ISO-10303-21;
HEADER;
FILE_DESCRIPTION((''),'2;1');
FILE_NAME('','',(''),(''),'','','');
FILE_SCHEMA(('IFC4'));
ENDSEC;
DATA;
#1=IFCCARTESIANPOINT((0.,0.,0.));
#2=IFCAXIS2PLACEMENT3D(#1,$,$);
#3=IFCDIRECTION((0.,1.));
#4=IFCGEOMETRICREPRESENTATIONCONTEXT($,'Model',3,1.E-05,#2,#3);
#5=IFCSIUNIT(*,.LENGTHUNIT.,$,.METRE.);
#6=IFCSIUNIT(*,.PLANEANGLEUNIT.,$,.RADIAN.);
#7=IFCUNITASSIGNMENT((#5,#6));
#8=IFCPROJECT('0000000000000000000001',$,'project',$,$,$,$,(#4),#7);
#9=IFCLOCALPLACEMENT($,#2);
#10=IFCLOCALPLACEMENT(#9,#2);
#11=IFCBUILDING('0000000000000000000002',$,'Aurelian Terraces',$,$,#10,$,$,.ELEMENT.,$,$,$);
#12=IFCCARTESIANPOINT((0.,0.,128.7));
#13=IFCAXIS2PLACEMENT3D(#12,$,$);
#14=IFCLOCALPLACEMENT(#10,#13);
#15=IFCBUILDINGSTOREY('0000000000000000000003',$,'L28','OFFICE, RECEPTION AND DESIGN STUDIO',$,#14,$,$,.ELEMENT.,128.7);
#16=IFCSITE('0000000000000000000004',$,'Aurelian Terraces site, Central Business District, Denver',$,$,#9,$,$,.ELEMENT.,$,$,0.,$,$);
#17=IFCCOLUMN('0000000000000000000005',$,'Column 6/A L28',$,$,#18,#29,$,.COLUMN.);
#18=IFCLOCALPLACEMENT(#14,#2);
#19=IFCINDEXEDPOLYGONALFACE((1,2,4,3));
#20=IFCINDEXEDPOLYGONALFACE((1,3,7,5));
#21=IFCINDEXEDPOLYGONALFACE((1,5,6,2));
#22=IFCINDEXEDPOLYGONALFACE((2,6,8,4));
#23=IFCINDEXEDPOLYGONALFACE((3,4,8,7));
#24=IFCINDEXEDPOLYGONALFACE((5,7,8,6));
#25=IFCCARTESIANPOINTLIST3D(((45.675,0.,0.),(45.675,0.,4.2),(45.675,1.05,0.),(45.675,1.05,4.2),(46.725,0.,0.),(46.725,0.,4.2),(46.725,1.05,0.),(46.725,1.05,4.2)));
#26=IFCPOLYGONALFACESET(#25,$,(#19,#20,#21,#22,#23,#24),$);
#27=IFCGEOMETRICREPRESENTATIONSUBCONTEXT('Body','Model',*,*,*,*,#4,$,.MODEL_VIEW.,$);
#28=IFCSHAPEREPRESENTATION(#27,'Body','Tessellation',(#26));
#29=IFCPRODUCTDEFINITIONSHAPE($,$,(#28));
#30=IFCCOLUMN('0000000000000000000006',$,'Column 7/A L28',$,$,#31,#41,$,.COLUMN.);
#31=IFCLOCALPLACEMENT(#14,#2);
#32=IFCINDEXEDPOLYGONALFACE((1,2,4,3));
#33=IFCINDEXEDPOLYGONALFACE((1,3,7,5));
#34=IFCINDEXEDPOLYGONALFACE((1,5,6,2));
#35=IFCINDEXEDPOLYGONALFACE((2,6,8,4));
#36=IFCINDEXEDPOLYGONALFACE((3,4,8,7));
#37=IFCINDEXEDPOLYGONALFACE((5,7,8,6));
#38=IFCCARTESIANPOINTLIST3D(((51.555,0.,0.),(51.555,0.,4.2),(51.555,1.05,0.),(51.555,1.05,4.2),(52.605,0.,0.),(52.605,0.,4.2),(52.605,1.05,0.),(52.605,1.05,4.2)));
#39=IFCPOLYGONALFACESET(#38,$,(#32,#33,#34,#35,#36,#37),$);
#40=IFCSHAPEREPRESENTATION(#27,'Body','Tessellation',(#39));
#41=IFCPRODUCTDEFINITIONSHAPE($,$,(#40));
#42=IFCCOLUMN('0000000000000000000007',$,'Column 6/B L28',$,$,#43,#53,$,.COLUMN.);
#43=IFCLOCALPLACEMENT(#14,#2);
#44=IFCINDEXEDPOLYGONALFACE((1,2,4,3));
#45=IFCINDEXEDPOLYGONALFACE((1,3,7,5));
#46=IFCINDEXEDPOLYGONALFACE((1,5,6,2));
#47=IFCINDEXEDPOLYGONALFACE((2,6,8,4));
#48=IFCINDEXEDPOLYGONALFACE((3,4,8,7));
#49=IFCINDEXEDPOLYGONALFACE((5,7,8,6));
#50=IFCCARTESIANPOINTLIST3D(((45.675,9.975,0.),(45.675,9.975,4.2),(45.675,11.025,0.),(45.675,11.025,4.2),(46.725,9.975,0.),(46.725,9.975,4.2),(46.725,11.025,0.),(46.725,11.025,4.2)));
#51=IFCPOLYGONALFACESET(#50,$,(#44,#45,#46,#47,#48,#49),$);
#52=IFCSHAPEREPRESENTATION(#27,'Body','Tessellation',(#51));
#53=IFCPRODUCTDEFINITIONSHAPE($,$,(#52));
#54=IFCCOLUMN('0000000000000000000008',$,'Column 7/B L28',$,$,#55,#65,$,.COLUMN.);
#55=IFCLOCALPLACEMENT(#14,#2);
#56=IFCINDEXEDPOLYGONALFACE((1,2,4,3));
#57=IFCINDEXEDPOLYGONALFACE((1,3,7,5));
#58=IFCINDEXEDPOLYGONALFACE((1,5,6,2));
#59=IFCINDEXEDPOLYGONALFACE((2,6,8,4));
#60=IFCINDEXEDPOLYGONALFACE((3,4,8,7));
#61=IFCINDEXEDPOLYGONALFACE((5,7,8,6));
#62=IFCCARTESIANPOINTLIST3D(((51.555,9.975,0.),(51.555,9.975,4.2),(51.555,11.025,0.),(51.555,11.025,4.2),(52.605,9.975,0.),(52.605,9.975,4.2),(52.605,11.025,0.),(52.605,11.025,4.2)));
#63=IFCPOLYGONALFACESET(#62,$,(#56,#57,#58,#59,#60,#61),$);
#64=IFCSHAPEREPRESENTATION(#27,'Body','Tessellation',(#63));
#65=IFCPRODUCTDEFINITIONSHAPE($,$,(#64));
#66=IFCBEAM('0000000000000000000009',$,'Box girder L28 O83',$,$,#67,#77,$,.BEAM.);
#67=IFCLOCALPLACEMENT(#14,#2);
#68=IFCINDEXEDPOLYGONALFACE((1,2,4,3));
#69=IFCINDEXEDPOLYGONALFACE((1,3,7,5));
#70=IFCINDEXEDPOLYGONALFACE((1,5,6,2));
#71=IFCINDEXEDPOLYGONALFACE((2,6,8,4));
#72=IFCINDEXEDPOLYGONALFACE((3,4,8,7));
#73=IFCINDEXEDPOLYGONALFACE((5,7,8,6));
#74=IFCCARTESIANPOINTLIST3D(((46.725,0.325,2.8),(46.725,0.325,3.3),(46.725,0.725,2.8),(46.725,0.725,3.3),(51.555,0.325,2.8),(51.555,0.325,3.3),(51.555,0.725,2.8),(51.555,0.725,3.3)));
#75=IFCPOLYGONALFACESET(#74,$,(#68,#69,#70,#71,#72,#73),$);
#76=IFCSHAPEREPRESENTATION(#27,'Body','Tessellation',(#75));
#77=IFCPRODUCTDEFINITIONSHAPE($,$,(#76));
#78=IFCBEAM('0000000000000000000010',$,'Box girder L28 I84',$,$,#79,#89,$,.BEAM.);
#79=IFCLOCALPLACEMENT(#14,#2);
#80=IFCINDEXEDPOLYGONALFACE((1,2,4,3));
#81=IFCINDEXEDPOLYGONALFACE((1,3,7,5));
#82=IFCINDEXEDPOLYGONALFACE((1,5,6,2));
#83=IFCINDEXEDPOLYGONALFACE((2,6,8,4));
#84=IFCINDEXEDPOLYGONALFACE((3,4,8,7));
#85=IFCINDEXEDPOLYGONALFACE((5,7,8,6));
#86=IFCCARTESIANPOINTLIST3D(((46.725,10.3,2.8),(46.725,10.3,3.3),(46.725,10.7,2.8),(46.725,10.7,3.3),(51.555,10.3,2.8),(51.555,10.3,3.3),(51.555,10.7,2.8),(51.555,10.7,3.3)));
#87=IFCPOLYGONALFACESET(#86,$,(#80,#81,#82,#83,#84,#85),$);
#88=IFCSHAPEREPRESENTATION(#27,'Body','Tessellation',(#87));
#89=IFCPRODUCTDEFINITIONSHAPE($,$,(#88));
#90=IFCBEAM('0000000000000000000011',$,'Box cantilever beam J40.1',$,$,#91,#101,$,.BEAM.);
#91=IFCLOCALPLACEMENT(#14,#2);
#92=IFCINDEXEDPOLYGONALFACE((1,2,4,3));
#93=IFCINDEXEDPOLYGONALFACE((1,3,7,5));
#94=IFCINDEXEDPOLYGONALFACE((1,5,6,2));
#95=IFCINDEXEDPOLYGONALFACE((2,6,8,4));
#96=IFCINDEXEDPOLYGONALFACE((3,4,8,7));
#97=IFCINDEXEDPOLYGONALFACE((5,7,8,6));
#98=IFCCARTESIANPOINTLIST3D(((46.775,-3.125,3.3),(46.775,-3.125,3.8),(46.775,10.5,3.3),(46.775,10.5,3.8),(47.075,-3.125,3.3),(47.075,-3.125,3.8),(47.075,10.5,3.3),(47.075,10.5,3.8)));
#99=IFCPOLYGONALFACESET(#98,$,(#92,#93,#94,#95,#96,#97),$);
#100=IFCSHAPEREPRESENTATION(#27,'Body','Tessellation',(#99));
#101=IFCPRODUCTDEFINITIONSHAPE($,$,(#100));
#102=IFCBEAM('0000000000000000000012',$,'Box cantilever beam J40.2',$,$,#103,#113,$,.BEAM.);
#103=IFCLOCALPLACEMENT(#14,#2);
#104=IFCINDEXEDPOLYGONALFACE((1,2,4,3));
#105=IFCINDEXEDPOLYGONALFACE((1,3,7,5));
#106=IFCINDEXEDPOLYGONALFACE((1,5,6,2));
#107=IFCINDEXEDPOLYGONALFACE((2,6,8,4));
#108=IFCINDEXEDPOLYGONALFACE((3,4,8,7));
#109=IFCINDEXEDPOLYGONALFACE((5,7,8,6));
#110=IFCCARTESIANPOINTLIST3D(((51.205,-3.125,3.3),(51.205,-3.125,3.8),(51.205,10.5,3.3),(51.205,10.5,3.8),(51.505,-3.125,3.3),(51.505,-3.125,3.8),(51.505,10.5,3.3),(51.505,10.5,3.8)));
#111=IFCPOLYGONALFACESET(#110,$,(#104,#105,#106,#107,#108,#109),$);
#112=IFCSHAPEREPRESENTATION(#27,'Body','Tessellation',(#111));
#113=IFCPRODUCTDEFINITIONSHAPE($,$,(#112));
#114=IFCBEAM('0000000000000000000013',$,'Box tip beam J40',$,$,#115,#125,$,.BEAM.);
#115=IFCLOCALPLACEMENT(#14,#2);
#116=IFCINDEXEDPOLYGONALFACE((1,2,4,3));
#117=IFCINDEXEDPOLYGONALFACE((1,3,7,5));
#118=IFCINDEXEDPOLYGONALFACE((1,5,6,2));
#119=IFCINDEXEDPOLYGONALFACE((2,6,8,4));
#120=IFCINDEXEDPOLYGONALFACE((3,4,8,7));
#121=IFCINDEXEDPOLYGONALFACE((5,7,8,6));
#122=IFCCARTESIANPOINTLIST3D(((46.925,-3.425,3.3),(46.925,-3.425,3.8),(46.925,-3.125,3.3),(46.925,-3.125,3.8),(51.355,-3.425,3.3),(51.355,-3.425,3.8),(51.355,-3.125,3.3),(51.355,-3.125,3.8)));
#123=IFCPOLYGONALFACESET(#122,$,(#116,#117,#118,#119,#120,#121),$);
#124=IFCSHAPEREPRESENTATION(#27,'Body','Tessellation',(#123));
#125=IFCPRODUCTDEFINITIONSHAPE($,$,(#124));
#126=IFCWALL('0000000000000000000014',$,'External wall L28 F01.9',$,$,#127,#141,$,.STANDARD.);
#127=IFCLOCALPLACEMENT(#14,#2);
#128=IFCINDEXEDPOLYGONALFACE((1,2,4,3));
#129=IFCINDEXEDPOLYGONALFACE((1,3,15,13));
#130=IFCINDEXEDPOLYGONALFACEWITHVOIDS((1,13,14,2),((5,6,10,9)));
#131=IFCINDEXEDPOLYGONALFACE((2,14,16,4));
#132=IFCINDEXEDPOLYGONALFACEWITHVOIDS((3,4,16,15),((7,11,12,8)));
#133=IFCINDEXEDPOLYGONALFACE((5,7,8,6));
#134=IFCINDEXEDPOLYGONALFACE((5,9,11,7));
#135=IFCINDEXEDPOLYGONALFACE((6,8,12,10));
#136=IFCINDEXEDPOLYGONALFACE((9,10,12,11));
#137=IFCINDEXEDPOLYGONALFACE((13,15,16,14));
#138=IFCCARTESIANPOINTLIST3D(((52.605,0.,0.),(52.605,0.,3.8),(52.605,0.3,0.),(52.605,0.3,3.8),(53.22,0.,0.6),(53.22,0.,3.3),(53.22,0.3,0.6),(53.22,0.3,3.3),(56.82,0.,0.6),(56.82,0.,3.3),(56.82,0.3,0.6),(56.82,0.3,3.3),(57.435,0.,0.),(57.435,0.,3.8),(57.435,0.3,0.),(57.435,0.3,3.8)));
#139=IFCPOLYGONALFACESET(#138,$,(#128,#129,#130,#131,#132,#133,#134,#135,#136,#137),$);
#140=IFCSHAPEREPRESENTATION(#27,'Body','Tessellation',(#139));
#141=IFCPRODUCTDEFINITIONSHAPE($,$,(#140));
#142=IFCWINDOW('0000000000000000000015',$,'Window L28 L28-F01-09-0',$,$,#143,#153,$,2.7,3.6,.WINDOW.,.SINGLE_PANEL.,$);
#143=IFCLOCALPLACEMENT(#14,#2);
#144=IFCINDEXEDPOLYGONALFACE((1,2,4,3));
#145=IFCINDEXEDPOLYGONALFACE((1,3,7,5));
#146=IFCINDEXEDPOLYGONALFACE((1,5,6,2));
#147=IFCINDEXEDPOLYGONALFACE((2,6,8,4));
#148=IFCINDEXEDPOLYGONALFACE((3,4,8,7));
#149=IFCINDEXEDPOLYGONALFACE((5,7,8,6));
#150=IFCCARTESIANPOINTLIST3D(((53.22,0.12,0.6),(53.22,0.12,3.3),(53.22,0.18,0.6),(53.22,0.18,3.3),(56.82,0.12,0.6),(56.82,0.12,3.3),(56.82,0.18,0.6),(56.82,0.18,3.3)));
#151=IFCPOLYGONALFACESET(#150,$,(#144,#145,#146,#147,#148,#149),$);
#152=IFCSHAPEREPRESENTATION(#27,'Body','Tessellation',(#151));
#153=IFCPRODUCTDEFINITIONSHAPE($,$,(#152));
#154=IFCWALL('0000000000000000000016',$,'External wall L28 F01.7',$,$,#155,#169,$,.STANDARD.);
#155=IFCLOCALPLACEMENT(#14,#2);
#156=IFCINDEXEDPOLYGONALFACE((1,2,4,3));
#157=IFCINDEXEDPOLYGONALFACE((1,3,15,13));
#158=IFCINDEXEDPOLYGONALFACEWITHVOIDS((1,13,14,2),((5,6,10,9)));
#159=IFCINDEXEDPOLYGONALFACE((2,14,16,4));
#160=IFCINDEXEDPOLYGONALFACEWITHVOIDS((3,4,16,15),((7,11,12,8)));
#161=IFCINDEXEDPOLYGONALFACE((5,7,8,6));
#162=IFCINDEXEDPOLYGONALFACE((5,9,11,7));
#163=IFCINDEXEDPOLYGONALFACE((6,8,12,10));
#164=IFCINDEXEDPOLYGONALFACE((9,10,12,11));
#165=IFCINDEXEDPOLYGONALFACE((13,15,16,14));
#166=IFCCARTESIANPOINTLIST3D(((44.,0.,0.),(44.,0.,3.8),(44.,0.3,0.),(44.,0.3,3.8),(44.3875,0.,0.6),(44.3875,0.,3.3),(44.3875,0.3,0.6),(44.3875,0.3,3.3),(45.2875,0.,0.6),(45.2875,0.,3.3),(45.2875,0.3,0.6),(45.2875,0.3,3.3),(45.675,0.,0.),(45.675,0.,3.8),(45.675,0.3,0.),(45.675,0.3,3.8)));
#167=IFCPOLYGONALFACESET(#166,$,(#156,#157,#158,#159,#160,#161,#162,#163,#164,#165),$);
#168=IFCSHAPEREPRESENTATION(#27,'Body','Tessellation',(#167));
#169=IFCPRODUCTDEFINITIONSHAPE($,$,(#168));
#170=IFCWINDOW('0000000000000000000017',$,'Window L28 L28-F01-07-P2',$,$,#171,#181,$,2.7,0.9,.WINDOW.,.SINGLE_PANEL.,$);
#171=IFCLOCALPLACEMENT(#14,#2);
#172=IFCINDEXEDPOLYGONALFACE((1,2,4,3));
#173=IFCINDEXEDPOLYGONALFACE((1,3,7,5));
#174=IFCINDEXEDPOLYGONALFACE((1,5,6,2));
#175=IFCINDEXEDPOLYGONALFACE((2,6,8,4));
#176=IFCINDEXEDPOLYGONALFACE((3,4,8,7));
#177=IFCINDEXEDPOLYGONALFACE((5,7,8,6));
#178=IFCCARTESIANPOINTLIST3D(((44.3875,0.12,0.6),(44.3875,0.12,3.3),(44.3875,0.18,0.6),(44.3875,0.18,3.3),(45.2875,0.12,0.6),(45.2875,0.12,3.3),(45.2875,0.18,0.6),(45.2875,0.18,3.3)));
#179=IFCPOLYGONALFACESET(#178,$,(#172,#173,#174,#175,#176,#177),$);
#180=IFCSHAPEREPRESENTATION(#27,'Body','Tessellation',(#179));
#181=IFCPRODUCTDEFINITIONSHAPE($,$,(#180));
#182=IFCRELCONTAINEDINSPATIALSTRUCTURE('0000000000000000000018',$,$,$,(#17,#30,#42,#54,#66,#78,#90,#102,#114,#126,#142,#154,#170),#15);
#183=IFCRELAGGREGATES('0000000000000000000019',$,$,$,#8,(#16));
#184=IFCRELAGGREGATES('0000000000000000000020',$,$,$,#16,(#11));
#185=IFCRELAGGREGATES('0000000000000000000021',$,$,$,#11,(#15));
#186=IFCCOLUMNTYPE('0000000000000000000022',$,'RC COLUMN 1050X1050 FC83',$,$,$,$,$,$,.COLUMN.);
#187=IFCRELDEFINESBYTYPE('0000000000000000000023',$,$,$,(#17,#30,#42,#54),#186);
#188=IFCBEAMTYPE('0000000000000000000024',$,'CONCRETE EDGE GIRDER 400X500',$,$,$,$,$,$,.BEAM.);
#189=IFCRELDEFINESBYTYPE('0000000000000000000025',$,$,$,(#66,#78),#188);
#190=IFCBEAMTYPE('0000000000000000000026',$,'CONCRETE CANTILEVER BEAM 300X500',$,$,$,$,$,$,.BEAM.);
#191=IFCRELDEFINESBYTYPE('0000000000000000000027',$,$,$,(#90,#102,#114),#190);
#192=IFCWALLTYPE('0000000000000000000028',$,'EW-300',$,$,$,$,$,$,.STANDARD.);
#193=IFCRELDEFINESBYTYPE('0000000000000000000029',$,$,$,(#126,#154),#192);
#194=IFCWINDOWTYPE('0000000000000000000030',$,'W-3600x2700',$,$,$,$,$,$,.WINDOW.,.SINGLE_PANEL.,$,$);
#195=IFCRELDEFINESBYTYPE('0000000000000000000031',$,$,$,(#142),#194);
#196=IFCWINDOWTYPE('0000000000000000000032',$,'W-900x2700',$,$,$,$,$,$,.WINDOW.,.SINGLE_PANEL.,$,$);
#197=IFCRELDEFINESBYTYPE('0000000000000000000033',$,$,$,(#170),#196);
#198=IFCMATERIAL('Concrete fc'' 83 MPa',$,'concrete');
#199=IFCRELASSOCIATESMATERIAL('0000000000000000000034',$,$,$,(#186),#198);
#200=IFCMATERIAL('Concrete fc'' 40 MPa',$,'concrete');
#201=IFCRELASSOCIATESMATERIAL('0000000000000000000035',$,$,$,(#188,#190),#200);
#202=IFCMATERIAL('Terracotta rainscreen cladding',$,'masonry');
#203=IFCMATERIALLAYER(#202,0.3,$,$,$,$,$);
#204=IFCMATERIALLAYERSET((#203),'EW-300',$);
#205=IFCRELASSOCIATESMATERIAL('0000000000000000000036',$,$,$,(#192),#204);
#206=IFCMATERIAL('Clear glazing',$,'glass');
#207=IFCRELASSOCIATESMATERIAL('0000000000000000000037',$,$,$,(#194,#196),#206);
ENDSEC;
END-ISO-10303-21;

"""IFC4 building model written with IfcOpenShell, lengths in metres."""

from ifc_helpers import new_model, si_unit, direction, frame, frame_2d, origin, origin_2d, place, context, subcontext, project, spatial, rectangle, extrude, source, transform, mapped, material, layer, layer_set, material_profile, profile_set, type_object, element, fill, save


model = new_model("IFC4")

# Units and contexts
model_context = context("Model", 3, precision=1e-05, world=origin(), true_north=direction((0.0, 1.0)))
body_context = subcontext(model_context, "Body", "Model", "MODEL_VIEW")
ifc_project = project(units=[si_unit("LENGTHUNIT", "METRE"), si_unit("PLANEANGLEUNIT", "RADIAN")], contexts=[model_context])

# Site, building, storey
site_placement = place(None, origin())
site = spatial("IfcSite", under=ifc_project, at=site_placement, Name="Aurelian Terraces site, Central Business District, Denver", CompositionType="ELEMENT", RefElevation=0.0)
building_placement = place(site_placement, origin())
building = spatial("IfcBuilding", under=site, at=building_placement, Name="Aurelian Terraces", CompositionType="ELEMENT")
storey_placement = place(building_placement, frame((0.0, 0.0, 128.7)))
storey = spatial("IfcBuildingStorey", under=building, at=storey_placement, Name="L28", Description="OFFICE, RECEPTION AND DESIGN STUDIO", CompositionType="ELEMENT", Elevation=128.7)

# Columns
ifc_material_1 = material(Name="Concrete fc' 83 MPa", Category="concrete")
ifc_material_profile_1 = material_profile(ifc_material_1, rectangle(XDim=1.05, YDim=1.05, at=origin_2d()))
ifc_profile_set_1 = profile_set([ifc_material_profile_1], Name="Concrete fc' 83 MPa")
column_type = type_object("IfcColumnType", Name="RC COLUMN 1050X1050 FC83", PredefinedType="COLUMN", material=ifc_profile_set_1)
shared_shape_1 = source(origin(), body_context, "Body", "SweptSolid", [
    extrude(rectangle(XDim=1.05, YDim=1.05, at=origin_2d()), origin(), (0.0, 0.0, 1.0), 4.2),
])
for number, where, z_axis, x_axis, name in (
    (1, (46.2, 0.525, 0.0), (0.0, 0.0, 1.0), (1.0, 0.0, 0.0), "Column 6/A L28"),
    (2, (52.08, 0.525, 0.0), (0.0, 0.0, 1.0), (1.0, 0.0, 0.0), "Column 7/A L28"),
    (3, (46.2, 10.5, 0.0), (0.0, 0.0, 1.0), (1.0, 0.0, 0.0), "Column 6/B L28"),
    (4, (52.08, 10.5, 0.0), (0.0, 0.0, 1.0), (1.0, 0.0, 0.0), "Column 7/B L28"),
):
    element("IfcColumn", number, at=place(storey_placement, frame(where, z_axis=z_axis, x_axis=x_axis)), inside=storey, type_object=column_type, Name=name, PredefinedType="COLUMN", context=body_context, shape_type="MappedRepresentation", body=[
        mapped(shared_shape_1, transform((0.0, 0.0, 0.0), scale=1.0)),
    ])

# Beams
ifc_material_2 = material(Name="Concrete fc' 40 MPa", Category="concrete")
ifc_material_profile_2 = material_profile(ifc_material_2, rectangle(XDim=0.4, YDim=0.5, at=origin_2d()))
ifc_profile_set_2 = profile_set([ifc_material_profile_2], Name="Concrete fc' 40 MPa")
beam_type_1 = type_object("IfcBeamType", Name="CONCRETE EDGE GIRDER 400X500", PredefinedType="BEAM", material=ifc_profile_set_2)
shared_shape_2 = source(origin(), body_context, "Body", "SweptSolid", [
    extrude(rectangle(XDim=0.4, YDim=0.5, at=origin_2d()), origin(), (0.0, 0.0, 1.0), 4.83),
])
for number, where, z_axis, x_axis, name in (
    (5, (46.725, 0.525, 3.05), (1.0, 0.0, 0.0), (0.0, 1.0, 0.0), "Box girder L28 O83"),
    (6, (46.725, 10.5, 3.05), (1.0, 0.0, 0.0), (0.0, 1.0, 0.0), "Box girder L28 I84"),
):
    element("IfcBeam", number, at=place(storey_placement, frame(where, z_axis=z_axis, x_axis=x_axis)), inside=storey, type_object=beam_type_1, Name=name, PredefinedType="BEAM", context=body_context, shape_type="MappedRepresentation", body=[
        mapped(shared_shape_2, transform((0.0, 0.0, 0.0), scale=1.0)),
    ])
ifc_material_profile_3 = material_profile(ifc_material_2, rectangle(XDim=0.3, YDim=0.5, at=origin_2d()))
ifc_profile_set_3 = profile_set([ifc_material_profile_3], Name="Concrete fc' 40 MPa")
beam_type_2 = type_object("IfcBeamType", Name="CONCRETE CANTILEVER BEAM 300X500", PredefinedType="BEAM", material=ifc_profile_set_3)
shared_shape_3 = source(origin(), body_context, "Body", "SweptSolid", [
    extrude(rectangle(XDim=0.3, YDim=0.5, at=origin_2d()), origin(), (0.0, 0.0, 1.0), 13.625),
])
for number, where, z_axis, x_axis, name in (
    (7, (46.925, -3.125, 3.55), (0.0, 1.0, 0.0), (-1.0, 0.0, 0.0), "Box cantilever beam J40.1"),
    (8, (51.355, -3.125, 3.55), (0.0, 1.0, 0.0), (-1.0, 0.0, 0.0), "Box cantilever beam J40.2"),
):
    element("IfcBeam", number, at=place(storey_placement, frame(where, z_axis=z_axis, x_axis=x_axis)), inside=storey, type_object=beam_type_2, Name=name, PredefinedType="BEAM", context=body_context, shape_type="MappedRepresentation", body=[
        mapped(shared_shape_3, transform((0.0, 0.0, 0.0), scale=1.0)),
    ])
shared_shape_4 = source(origin(), body_context, "Body", "SweptSolid", [
    extrude(rectangle(XDim=0.3, YDim=0.5, at=origin_2d()), origin(), (0.0, 0.0, 1.0), 4.43),
])
beam_placement = place(storey_placement, frame((46.925, -3.275, 3.55), z_axis=(1.0, 0.0, 0.0), x_axis=(0.0, 1.0, 0.0)))
element("IfcBeam", 9, at=beam_placement, inside=storey, type_object=beam_type_2, Name="Box tip beam J40", PredefinedType="BEAM", context=body_context, shape_type="MappedRepresentation", body=[
    mapped(shared_shape_4, transform((0.0, 0.0, 0.0), scale=1.0)),
])

# Walls, openings, windows
ifc_material_3 = material(Name="Terracotta rainscreen cladding", Category="masonry")
ifc_layer_1 = layer(ifc_material_3, 0.3)
ifc_layer_set_1 = layer_set([ifc_layer_1], Name="EW-300")
wall_type_1 = type_object("IfcWallType", Name="EW-300", PredefinedType="STANDARD", material=ifc_layer_set_1)
shared_shape_5 = source(origin(), body_context, "Body", "SweptSolid", [
    extrude(rectangle(XDim=4.83, YDim=0.3, at=frame_2d((2.415, 0.0))), origin(), (0.0, 0.0, 1.0), 3.8),
])
wall_1_placement = place(storey_placement, frame((52.605, 0.15, 0.0), z_axis=(0.0, 0.0, 1.0), x_axis=(1.0, 0.0, 0.0)))
wall_1 = element("IfcWall", 10, at=wall_1_placement, inside=storey, type_object=wall_type_1, Name="External wall L28 F01.9", PredefinedType="STANDARD", context=body_context, shape_type="MappedRepresentation", body=[
    mapped(shared_shape_5, transform((0.0, 0.0, 0.0), scale=1.0)),
])
shared_shape_6 = source(origin(), body_context, "Body", "SweptSolid", [
    extrude(rectangle(XDim=3.6, YDim=2.7, at=frame_2d((1.8, 1.35))), frame((0.0, 0.16, 0.0), z_axis=(0.0, -1.0, 0.0), x_axis=(1.0, 0.0, 0.0)), (0.0, 0.0, 1.0), 0.32),
])
opening_1_placement = place(wall_1_placement, frame((0.615, 0.0, 0.6)))
opening_1 = element("IfcOpeningElement", 11, at=opening_1_placement, cuts=wall_1, PredefinedType="OPENING", context=body_context, shape_type="MappedRepresentation", body=[
    mapped(shared_shape_6, transform((0.0, 0.0, 0.0), scale=1.0)),
])
ifc_material_4 = material(Name="Clear glazing", Category="glass")
window_type_1 = type_object("IfcWindowType", Name="W-3600x2700", PartitioningType="SINGLE_PANEL", PredefinedType="WINDOW", material=ifc_material_4)
shared_shape_7 = source(origin(), body_context, "Body", "SweptSolid", [
    extrude(rectangle(XDim=3.6, YDim=2.7, at=frame_2d((1.8, 1.35))), frame((0.0, 0.03, 0.0), z_axis=(0.0, -1.0, 0.0), x_axis=(1.0, 0.0, 0.0)), (0.0, 0.0, 1.0), 0.06),
])
window_1_placement = place(opening_1_placement, origin())
window_1 = element("IfcWindow", 12, at=window_1_placement, inside=storey, type_object=window_type_1, Name="Window L28 L28-F01-09-0", OverallHeight=2.7, OverallWidth=3.6, PartitioningType="SINGLE_PANEL", PredefinedType="WINDOW", context=body_context, shape_type="MappedRepresentation", body=[
    mapped(shared_shape_7, transform((0.0, 0.0, 0.0), scale=1.0)),
])
fill(opening_1, window_1)
shared_shape_8 = source(origin(), body_context, "Body", "SweptSolid", [
    extrude(rectangle(XDim=1.675, YDim=0.3, at=frame_2d((0.8375, 0.0))), origin(), (0.0, 0.0, 1.0), 3.8),
])
wall_2_placement = place(storey_placement, frame((44.0, 0.15, 0.0), z_axis=(0.0, 0.0, 1.0), x_axis=(1.0, 0.0, 0.0)))
wall_2 = element("IfcWall", 13, at=wall_2_placement, inside=storey, type_object=wall_type_1, Name="External wall L28 F01.7", PredefinedType="STANDARD", context=body_context, shape_type="MappedRepresentation", body=[
    mapped(shared_shape_8, transform((0.0, 0.0, 0.0), scale=1.0)),
])
shared_shape_9 = source(origin(), body_context, "Body", "SweptSolid", [
    extrude(rectangle(XDim=0.9, YDim=2.7, at=frame_2d((0.45, 1.35))), frame((0.0, 0.16, 0.0), z_axis=(0.0, -1.0, 0.0), x_axis=(1.0, 0.0, 0.0)), (0.0, 0.0, 1.0), 0.32),
])
opening_2_placement = place(wall_2_placement, frame((0.3875, 0.0, 0.6)))
opening_2 = element("IfcOpeningElement", 14, at=opening_2_placement, cuts=wall_2, PredefinedType="OPENING", context=body_context, shape_type="MappedRepresentation", body=[
    mapped(shared_shape_9, transform((0.0, 0.0, 0.0), scale=1.0)),
])
window_type_2 = type_object("IfcWindowType", Name="W-900x2700", PartitioningType="SINGLE_PANEL", PredefinedType="WINDOW", material=ifc_material_4)
shared_shape_10 = source(origin(), body_context, "Body", "SweptSolid", [
    extrude(rectangle(XDim=0.9, YDim=2.7, at=frame_2d((0.45, 1.35))), frame((0.0, 0.03, 0.0), z_axis=(0.0, -1.0, 0.0), x_axis=(1.0, 0.0, 0.0)), (0.0, 0.0, 1.0), 0.06),
])
window_2_placement = place(opening_2_placement, origin())
window_2 = element("IfcWindow", 15, at=window_2_placement, inside=storey, type_object=window_type_2, Name="Window L28 L28-F01-07-P2", OverallHeight=2.7, OverallWidth=0.9, PartitioningType="SINGLE_PANEL", PredefinedType="WINDOW", context=body_context, shape_type="MappedRepresentation", body=[
    mapped(shared_shape_10, transform((0.0, 0.0, 0.0), scale=1.0)),
])
fill(opening_2, window_2)

save(model, "model.ifc")
